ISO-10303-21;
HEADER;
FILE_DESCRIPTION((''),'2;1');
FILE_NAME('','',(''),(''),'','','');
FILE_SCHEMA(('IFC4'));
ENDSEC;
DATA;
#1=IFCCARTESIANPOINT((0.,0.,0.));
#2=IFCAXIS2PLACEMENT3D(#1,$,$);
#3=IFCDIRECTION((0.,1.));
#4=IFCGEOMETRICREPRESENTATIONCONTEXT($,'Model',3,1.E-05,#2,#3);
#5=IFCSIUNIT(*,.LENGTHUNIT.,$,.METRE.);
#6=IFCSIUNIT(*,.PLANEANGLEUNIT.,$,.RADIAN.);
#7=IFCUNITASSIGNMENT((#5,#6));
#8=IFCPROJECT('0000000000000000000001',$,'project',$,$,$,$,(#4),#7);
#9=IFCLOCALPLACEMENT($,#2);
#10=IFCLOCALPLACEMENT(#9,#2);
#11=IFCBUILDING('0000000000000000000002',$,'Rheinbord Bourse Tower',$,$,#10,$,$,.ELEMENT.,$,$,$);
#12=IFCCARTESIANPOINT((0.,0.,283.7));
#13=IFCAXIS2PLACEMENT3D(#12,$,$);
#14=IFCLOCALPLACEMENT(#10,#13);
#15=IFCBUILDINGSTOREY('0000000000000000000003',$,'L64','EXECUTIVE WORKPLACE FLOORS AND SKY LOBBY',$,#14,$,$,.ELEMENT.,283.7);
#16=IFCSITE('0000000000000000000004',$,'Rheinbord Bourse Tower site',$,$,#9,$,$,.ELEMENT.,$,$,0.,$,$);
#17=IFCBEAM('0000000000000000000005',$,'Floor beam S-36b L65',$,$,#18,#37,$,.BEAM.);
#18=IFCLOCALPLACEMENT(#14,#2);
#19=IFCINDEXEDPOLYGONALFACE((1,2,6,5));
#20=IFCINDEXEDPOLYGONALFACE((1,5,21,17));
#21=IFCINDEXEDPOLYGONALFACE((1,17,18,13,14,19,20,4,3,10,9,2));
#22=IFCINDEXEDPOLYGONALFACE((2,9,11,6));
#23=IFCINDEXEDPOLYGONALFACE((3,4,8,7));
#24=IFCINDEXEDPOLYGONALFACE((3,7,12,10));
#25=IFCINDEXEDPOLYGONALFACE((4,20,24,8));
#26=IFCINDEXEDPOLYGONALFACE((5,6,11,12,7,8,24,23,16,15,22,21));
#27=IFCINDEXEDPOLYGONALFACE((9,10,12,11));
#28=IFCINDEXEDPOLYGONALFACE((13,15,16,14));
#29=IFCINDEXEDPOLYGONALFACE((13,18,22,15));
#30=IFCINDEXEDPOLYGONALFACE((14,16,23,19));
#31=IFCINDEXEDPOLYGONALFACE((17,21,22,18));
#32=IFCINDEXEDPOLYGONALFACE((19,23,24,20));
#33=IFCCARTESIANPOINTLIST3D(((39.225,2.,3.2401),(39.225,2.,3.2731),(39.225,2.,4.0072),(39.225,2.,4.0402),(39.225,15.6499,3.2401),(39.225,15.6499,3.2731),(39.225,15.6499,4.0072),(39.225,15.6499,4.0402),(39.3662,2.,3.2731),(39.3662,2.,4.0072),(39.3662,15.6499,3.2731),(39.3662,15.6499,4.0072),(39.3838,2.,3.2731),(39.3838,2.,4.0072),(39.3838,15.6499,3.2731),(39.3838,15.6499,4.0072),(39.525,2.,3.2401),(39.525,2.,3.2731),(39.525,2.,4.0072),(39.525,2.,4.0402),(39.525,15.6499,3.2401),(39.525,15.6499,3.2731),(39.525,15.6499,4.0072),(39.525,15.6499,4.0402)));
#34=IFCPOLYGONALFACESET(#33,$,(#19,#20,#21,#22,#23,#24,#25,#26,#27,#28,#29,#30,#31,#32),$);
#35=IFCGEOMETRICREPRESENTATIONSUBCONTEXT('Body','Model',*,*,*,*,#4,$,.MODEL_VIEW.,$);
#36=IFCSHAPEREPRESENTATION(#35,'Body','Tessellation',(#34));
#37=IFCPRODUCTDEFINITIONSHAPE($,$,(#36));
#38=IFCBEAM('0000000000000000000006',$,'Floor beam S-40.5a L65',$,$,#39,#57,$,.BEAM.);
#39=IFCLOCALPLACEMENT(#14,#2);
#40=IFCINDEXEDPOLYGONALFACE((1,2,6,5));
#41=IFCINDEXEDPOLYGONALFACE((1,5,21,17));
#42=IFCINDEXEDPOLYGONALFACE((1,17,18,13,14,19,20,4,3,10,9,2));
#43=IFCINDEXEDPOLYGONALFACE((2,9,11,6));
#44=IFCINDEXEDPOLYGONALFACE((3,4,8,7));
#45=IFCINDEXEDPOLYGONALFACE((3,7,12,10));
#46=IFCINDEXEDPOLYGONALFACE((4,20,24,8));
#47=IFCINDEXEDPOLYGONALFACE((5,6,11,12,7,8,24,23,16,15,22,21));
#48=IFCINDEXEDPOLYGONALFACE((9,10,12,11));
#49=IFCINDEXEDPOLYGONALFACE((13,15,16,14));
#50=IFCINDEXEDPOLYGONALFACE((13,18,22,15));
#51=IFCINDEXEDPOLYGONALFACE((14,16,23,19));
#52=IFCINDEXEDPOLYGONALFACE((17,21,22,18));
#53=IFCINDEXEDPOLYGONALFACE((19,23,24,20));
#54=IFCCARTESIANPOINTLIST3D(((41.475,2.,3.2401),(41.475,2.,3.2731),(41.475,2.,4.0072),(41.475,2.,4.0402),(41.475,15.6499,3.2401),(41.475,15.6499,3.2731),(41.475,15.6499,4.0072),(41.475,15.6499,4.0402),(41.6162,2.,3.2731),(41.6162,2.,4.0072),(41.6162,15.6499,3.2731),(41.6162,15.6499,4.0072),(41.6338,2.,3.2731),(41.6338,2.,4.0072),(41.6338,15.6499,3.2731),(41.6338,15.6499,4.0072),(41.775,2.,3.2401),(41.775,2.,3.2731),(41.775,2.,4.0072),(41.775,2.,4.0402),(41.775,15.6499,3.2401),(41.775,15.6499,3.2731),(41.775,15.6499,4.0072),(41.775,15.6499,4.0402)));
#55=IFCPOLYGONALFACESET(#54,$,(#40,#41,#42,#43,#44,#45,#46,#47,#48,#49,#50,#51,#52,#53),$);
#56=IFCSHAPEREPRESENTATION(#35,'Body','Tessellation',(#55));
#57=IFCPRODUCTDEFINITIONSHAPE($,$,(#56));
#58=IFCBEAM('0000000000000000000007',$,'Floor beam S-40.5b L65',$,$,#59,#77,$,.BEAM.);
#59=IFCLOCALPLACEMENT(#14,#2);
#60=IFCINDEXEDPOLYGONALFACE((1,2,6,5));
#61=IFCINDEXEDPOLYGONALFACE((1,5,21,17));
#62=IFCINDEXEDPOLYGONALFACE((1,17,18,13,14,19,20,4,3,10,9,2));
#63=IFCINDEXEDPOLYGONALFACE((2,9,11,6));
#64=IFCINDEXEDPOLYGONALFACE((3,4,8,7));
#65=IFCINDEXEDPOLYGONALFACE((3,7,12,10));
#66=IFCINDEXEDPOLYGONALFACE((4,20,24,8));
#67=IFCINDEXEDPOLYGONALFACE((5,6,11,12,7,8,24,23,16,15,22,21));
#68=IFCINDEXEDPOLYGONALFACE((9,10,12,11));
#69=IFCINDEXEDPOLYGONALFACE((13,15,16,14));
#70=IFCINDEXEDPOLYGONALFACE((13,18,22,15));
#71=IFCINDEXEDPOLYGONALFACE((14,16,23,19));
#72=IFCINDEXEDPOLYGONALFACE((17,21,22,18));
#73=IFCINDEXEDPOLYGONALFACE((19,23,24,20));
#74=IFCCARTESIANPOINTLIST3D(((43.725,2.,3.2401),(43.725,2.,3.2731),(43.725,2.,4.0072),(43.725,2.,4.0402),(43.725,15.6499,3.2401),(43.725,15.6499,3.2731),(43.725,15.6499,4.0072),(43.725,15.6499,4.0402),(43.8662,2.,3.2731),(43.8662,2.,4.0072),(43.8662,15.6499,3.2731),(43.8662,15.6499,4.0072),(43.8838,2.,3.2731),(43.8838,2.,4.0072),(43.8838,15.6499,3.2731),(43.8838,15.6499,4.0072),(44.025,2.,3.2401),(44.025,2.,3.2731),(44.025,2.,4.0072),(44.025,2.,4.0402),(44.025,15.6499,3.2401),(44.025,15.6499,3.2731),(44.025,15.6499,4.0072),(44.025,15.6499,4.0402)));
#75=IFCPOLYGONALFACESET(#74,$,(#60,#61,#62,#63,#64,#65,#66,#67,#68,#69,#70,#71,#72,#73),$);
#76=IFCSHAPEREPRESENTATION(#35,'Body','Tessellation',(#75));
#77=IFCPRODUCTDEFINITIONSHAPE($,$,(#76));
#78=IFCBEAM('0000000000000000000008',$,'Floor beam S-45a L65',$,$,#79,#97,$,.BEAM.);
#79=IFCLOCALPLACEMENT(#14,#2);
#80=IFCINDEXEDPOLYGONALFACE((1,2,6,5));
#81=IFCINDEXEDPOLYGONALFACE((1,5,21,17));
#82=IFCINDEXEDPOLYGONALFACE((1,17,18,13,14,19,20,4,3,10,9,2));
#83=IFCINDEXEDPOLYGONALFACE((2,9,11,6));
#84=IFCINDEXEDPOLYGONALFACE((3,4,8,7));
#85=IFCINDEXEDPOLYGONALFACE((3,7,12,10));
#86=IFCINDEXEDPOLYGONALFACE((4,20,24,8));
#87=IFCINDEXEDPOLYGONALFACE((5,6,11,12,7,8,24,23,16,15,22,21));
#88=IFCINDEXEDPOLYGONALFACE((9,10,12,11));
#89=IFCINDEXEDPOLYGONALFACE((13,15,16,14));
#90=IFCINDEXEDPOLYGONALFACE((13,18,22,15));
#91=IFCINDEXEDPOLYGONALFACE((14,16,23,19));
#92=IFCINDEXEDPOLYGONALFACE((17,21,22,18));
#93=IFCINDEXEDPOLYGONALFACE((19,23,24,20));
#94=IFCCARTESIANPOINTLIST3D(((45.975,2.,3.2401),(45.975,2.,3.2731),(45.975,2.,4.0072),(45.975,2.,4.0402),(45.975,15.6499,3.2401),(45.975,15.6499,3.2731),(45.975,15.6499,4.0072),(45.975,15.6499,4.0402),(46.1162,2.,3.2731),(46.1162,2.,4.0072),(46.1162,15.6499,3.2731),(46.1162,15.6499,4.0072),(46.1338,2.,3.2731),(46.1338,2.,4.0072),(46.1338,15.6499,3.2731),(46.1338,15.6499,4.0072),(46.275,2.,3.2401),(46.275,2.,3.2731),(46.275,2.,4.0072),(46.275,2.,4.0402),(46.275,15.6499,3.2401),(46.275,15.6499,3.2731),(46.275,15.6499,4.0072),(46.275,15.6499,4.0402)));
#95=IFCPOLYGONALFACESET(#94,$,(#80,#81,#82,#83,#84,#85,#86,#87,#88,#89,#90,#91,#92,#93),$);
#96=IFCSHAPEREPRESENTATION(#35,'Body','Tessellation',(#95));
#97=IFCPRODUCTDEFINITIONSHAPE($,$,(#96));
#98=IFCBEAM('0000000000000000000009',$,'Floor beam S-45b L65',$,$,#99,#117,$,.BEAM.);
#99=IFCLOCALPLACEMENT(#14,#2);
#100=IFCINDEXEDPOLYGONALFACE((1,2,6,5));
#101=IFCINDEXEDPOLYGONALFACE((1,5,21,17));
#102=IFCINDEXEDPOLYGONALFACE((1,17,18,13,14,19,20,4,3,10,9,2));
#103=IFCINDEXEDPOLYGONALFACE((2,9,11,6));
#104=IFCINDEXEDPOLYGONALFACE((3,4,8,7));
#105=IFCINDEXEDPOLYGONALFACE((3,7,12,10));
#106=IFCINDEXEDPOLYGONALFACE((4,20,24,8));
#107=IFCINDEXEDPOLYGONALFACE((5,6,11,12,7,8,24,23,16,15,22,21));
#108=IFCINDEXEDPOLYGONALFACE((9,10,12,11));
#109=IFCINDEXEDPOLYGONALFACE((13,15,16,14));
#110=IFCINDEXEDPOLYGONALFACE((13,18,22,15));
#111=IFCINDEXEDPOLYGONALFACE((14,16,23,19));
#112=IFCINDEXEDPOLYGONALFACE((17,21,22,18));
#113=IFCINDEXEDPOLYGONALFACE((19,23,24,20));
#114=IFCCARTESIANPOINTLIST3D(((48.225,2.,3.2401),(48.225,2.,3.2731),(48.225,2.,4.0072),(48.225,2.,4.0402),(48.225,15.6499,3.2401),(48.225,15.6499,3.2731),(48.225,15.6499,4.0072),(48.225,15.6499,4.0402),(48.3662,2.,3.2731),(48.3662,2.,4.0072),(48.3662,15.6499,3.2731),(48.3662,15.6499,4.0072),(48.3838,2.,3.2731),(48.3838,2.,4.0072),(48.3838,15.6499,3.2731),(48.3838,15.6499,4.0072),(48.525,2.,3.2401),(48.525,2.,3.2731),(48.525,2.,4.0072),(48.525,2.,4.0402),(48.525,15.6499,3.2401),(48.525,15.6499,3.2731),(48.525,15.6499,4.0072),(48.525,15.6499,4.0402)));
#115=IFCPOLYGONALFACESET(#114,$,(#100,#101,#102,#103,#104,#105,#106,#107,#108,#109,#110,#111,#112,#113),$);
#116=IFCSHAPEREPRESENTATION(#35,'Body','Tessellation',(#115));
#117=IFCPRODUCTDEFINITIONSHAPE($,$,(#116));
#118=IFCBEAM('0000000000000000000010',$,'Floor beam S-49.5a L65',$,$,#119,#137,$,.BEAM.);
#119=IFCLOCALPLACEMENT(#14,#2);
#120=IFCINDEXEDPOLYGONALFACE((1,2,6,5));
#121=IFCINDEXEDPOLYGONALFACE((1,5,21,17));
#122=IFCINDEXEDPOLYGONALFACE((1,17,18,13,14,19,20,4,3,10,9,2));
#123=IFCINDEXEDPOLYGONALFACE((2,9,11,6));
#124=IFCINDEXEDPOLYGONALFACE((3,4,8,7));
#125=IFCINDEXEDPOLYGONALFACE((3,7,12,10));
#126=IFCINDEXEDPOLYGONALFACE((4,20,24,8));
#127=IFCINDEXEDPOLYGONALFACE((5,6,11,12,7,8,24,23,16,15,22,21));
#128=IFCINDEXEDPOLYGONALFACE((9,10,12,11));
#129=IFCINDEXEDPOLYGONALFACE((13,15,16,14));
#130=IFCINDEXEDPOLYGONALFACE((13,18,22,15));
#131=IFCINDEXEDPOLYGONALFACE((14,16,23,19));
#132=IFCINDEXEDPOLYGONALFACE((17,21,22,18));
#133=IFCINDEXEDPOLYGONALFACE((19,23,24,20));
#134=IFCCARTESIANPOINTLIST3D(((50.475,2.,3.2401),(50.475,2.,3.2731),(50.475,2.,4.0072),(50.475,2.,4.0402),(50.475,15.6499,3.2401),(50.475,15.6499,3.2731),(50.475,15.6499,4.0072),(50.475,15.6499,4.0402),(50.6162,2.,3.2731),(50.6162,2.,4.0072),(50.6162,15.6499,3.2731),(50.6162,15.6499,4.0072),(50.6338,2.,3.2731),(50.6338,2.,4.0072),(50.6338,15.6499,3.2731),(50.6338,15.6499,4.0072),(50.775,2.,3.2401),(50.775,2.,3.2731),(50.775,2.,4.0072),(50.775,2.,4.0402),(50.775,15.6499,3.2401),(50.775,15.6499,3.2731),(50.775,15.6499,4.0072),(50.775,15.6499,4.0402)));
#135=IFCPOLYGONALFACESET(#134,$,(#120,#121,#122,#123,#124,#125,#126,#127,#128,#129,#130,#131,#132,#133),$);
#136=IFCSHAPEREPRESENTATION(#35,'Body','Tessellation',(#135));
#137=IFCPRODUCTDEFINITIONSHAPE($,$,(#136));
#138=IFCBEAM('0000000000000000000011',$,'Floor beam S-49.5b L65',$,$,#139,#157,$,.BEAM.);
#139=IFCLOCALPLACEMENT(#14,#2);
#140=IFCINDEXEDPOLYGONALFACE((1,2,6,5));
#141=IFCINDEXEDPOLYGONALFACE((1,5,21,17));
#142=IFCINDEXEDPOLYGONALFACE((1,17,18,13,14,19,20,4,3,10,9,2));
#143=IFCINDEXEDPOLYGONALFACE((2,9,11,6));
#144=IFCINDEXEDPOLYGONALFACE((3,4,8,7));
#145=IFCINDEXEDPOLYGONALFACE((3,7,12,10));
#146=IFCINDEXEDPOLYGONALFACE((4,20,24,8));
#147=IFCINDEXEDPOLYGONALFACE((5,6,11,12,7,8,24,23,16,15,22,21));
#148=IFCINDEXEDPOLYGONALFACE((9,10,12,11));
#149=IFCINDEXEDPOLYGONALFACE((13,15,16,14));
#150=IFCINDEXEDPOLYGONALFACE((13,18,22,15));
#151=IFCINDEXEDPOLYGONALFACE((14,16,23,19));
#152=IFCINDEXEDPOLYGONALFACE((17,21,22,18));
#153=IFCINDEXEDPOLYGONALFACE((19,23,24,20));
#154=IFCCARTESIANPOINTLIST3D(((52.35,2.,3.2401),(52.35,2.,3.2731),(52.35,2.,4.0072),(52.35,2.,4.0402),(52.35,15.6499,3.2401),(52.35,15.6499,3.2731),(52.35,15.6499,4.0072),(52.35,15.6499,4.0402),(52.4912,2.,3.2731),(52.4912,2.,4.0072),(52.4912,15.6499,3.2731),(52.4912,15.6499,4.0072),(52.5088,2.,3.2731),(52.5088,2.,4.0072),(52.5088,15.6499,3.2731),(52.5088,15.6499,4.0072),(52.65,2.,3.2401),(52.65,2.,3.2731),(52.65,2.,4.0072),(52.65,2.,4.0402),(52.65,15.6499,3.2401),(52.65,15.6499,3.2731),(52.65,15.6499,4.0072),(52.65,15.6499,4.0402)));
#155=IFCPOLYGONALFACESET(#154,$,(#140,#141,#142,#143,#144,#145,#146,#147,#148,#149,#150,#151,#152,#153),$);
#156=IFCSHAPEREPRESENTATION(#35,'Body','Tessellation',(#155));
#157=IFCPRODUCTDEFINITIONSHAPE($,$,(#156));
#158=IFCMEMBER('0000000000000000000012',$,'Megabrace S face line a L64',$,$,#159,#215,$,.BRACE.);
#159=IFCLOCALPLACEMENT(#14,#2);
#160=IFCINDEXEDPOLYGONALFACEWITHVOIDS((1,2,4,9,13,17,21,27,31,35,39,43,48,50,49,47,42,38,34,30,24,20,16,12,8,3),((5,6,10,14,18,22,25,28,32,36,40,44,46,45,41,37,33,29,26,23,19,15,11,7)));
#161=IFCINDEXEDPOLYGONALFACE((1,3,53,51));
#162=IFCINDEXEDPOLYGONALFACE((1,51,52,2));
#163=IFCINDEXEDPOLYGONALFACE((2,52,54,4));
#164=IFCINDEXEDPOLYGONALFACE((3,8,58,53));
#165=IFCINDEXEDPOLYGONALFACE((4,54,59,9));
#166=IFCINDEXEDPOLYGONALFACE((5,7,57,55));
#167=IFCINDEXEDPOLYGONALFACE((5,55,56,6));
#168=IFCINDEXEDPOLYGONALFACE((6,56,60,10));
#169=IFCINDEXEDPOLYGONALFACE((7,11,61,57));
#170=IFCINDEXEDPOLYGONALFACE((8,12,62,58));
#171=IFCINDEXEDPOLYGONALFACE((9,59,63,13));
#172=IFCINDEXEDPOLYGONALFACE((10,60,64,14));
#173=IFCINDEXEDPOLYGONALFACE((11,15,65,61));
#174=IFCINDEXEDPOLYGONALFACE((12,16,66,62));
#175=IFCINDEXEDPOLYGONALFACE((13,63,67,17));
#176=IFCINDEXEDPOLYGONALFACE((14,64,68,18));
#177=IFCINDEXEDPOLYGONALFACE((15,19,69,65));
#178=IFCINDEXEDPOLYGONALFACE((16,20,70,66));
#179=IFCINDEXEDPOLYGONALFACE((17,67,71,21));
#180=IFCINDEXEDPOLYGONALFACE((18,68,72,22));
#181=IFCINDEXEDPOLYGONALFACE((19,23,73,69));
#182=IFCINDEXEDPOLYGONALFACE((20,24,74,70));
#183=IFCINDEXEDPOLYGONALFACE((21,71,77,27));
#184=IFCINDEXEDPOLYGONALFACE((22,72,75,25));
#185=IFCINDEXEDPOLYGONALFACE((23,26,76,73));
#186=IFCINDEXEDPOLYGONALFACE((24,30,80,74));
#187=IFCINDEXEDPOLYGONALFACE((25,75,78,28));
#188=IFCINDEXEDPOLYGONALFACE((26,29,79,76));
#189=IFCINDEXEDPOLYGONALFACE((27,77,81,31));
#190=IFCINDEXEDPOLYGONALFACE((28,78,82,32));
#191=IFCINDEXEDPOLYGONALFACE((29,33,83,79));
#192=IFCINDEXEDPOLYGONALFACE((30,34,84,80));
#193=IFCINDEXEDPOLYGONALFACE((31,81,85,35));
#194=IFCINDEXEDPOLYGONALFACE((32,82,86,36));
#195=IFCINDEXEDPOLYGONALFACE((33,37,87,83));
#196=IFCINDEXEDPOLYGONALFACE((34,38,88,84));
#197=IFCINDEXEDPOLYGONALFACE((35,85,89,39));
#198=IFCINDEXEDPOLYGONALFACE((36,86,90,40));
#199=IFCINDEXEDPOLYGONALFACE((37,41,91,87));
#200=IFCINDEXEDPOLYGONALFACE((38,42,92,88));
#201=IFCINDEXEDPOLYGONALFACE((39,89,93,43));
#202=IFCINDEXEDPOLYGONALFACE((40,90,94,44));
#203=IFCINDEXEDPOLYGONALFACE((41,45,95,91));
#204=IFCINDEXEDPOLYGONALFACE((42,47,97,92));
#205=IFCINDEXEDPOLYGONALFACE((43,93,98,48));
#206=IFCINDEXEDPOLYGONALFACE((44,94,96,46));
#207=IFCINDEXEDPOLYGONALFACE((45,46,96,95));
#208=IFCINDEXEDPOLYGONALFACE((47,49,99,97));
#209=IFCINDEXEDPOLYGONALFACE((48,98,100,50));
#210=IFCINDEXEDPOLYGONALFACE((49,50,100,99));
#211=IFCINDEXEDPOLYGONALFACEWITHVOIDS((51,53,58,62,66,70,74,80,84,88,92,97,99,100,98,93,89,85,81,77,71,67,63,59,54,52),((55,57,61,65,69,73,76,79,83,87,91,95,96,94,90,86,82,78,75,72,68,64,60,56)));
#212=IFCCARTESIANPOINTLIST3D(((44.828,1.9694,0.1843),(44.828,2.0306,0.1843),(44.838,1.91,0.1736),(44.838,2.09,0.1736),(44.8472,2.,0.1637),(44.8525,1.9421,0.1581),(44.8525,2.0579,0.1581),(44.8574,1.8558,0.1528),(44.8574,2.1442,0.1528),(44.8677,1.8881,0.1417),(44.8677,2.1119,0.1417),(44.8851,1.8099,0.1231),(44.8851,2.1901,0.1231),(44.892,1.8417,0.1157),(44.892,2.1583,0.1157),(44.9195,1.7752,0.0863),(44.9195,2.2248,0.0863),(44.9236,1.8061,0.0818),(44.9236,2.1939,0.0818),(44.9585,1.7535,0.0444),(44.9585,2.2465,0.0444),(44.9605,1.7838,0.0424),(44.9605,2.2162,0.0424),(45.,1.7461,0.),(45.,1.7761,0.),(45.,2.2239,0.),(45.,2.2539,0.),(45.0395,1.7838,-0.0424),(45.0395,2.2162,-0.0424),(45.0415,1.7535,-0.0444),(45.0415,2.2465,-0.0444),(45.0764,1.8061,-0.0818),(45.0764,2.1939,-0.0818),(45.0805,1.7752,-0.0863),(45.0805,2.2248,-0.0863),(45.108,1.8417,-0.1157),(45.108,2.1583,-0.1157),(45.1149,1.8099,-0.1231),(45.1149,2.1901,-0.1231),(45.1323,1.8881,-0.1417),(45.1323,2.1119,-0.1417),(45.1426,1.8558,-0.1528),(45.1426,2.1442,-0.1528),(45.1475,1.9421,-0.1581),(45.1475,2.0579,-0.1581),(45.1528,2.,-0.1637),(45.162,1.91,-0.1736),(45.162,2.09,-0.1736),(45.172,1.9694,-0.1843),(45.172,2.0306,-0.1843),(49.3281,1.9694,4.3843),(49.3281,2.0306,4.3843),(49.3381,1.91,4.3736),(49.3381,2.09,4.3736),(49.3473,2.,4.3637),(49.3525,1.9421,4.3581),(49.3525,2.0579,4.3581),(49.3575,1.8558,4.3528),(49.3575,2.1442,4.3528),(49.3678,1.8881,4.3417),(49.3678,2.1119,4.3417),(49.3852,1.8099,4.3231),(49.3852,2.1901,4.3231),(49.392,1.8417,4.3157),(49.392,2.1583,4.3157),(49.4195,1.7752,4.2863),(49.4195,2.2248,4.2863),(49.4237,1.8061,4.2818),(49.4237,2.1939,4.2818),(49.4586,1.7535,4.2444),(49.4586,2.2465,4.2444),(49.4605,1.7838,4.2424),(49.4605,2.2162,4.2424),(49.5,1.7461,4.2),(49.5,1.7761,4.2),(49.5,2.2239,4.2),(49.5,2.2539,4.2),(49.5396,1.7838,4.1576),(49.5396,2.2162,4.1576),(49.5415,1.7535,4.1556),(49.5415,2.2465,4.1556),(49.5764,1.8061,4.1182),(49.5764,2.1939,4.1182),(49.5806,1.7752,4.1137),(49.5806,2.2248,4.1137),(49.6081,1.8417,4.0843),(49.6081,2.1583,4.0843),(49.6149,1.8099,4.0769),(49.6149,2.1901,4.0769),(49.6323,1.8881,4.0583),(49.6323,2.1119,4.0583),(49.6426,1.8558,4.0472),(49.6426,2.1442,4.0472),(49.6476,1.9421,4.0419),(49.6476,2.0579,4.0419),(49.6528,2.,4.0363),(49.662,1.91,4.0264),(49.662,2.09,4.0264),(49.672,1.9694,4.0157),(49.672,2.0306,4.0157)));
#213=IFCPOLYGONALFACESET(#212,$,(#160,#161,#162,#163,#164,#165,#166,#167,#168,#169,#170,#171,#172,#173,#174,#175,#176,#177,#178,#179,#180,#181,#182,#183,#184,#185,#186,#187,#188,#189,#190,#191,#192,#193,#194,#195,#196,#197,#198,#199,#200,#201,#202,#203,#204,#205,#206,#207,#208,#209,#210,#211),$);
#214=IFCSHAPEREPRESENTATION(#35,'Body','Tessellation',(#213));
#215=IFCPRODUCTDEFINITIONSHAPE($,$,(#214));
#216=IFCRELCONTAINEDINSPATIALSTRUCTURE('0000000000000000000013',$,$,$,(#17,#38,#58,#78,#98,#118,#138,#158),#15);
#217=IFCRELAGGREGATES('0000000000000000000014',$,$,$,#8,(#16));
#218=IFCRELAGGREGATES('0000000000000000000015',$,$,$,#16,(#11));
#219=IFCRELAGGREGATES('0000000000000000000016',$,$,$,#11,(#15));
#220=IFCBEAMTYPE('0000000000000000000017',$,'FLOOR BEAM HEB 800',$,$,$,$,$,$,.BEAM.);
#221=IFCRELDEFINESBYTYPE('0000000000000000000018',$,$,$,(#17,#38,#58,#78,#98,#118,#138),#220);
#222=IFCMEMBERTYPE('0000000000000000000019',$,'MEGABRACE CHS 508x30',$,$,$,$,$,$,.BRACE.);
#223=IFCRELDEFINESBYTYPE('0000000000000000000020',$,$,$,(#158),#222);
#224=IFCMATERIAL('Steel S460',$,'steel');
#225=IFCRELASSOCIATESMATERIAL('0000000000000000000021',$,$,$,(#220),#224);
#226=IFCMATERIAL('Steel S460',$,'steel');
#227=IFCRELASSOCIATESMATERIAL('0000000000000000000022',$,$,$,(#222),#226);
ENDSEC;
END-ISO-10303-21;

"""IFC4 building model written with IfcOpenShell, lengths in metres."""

from ifc_helpers import new_model, si_unit, direction, frame, origin, origin_2d, place, context, subcontext, project, spatial, hollow_circle, i_section, extrude, material, material_profile, profile_set, type_object, element, save


model = new_model("IFC4")

# Units and contexts
model_context = context("Model", 3, precision=1e-05, world=origin(), true_north=direction((0.0, 1.0)))
body_context = subcontext(model_context, "Body", "Model", "MODEL_VIEW")
ifc_project = project(units=[si_unit("LENGTHUNIT", "METRE"), si_unit("PLANEANGLEUNIT", "RADIAN")], contexts=[model_context])

# Site, building, storey
site_placement = place(None, origin())
site = spatial("IfcSite", under=ifc_project, at=site_placement, Name="Rheinbord Bourse Tower site", CompositionType="ELEMENT", RefElevation=0.0)
building_placement = place(site_placement, origin())
building = spatial("IfcBuilding", under=site, at=building_placement, Name="Rheinbord Bourse Tower", CompositionType="ELEMENT")
storey_placement = place(building_placement, frame((0.0, 0.0, 283.7)))
storey = spatial("IfcBuildingStorey", under=building, at=storey_placement, Name="L64", Description="EXECUTIVE WORKPLACE FLOORS AND SKY LOBBY", CompositionType="ELEMENT", Elevation=283.7)

# Beams
ifc_material_1 = material(Name="Steel S460", Category="steel")
ifc_material_profile_1 = material_profile(ifc_material_1, i_section(OverallWidth=0.3, OverallDepth=0.8, WebThickness=0.0176, FlangeThickness=0.033, at=origin_2d()), Name="HEB 800")
ifc_profile_set_1 = profile_set([ifc_material_profile_1], Name="Steel S460")
beam_type_1 = type_object("IfcBeamType", Name="FLOOR BEAM HEB 800", PredefinedType="BEAM", material=ifc_profile_set_1)
for number, where, z_axis, x_axis, name in (
    (1, (39.375, 2.0, 3.6401), (0.0, 1.0, 0.0), (-1.0, 0.0, 0.0), "Floor beam S-36b L65"),
    (2, (41.625, 2.0, 3.6401), (0.0, 1.0, 0.0), (-1.0, 0.0, 0.0), "Floor beam S-40.5a L65"),
    (3, (43.875, 2.0, 3.6401), (0.0, 1.0, 0.0), (-1.0, 0.0, 0.0), "Floor beam S-40.5b L65"),
    (4, (46.125, 2.0, 3.6401), (0.0, 1.0, 0.0), (-1.0, 0.0, 0.0), "Floor beam S-45a L65"),
    (5, (48.375, 2.0, 3.6401), (0.0, 1.0, 0.0), (-1.0, 0.0, 0.0), "Floor beam S-45b L65"),
    (6, (50.625, 2.0, 3.6401), (0.0, 1.0, 0.0), (-1.0, 0.0, 0.0), "Floor beam S-49.5a L65"),
    (7, (52.5, 2.0, 3.6401), (0.0, 1.0, 0.0), (-1.0, 0.0, 0.0), "Floor beam S-49.5b L65"),
):
    element("IfcBeam", number, at=place(storey_placement, frame(where, z_axis=z_axis, x_axis=x_axis)), inside=storey, type_object=beam_type_1, Name=name, PredefinedType="BEAM", context=body_context, shape_type="SweptSolid", body=[
        extrude(i_section(OverallWidth=0.3, OverallDepth=0.8, WebThickness=0.0176, FlangeThickness=0.033, at=origin_2d()), origin(), (0.0, 0.0, 1.0), 13.6499),
    ])

# Member
ifc_material_2 = material(Name="Steel S460", Category="steel")
ifc_material_profile_2 = material_profile(ifc_material_2, hollow_circle(Radius=0.2539, WallThickness=0.03, at=origin_2d()), Name="CHS 508x30")
ifc_profile_set_2 = profile_set([ifc_material_profile_2], Name="Steel S460")
member_type_1 = type_object("IfcMemberType", Name="MEGABRACE CHS 508x30", PredefinedType="BRACE", material=ifc_profile_set_2)
member_1_placement = place(storey_placement, frame((45.0, 2.0, 0.0), z_axis=(0.731059, 0.0, 0.682314), x_axis=(0.0, 1.0, 0.0)))
element("IfcMember", 8, at=member_1_placement, inside=storey, type_object=member_type_1, Name="Megabrace S face line a L64", PredefinedType="BRACE", context=body_context, shape_type="SweptSolid", body=[
    extrude(hollow_circle(Radius=0.2539, WallThickness=0.03, at=origin_2d()), origin(), (0.0, 0.0, 1.0), 6.1555),
])

save(model, "model.ifc")
